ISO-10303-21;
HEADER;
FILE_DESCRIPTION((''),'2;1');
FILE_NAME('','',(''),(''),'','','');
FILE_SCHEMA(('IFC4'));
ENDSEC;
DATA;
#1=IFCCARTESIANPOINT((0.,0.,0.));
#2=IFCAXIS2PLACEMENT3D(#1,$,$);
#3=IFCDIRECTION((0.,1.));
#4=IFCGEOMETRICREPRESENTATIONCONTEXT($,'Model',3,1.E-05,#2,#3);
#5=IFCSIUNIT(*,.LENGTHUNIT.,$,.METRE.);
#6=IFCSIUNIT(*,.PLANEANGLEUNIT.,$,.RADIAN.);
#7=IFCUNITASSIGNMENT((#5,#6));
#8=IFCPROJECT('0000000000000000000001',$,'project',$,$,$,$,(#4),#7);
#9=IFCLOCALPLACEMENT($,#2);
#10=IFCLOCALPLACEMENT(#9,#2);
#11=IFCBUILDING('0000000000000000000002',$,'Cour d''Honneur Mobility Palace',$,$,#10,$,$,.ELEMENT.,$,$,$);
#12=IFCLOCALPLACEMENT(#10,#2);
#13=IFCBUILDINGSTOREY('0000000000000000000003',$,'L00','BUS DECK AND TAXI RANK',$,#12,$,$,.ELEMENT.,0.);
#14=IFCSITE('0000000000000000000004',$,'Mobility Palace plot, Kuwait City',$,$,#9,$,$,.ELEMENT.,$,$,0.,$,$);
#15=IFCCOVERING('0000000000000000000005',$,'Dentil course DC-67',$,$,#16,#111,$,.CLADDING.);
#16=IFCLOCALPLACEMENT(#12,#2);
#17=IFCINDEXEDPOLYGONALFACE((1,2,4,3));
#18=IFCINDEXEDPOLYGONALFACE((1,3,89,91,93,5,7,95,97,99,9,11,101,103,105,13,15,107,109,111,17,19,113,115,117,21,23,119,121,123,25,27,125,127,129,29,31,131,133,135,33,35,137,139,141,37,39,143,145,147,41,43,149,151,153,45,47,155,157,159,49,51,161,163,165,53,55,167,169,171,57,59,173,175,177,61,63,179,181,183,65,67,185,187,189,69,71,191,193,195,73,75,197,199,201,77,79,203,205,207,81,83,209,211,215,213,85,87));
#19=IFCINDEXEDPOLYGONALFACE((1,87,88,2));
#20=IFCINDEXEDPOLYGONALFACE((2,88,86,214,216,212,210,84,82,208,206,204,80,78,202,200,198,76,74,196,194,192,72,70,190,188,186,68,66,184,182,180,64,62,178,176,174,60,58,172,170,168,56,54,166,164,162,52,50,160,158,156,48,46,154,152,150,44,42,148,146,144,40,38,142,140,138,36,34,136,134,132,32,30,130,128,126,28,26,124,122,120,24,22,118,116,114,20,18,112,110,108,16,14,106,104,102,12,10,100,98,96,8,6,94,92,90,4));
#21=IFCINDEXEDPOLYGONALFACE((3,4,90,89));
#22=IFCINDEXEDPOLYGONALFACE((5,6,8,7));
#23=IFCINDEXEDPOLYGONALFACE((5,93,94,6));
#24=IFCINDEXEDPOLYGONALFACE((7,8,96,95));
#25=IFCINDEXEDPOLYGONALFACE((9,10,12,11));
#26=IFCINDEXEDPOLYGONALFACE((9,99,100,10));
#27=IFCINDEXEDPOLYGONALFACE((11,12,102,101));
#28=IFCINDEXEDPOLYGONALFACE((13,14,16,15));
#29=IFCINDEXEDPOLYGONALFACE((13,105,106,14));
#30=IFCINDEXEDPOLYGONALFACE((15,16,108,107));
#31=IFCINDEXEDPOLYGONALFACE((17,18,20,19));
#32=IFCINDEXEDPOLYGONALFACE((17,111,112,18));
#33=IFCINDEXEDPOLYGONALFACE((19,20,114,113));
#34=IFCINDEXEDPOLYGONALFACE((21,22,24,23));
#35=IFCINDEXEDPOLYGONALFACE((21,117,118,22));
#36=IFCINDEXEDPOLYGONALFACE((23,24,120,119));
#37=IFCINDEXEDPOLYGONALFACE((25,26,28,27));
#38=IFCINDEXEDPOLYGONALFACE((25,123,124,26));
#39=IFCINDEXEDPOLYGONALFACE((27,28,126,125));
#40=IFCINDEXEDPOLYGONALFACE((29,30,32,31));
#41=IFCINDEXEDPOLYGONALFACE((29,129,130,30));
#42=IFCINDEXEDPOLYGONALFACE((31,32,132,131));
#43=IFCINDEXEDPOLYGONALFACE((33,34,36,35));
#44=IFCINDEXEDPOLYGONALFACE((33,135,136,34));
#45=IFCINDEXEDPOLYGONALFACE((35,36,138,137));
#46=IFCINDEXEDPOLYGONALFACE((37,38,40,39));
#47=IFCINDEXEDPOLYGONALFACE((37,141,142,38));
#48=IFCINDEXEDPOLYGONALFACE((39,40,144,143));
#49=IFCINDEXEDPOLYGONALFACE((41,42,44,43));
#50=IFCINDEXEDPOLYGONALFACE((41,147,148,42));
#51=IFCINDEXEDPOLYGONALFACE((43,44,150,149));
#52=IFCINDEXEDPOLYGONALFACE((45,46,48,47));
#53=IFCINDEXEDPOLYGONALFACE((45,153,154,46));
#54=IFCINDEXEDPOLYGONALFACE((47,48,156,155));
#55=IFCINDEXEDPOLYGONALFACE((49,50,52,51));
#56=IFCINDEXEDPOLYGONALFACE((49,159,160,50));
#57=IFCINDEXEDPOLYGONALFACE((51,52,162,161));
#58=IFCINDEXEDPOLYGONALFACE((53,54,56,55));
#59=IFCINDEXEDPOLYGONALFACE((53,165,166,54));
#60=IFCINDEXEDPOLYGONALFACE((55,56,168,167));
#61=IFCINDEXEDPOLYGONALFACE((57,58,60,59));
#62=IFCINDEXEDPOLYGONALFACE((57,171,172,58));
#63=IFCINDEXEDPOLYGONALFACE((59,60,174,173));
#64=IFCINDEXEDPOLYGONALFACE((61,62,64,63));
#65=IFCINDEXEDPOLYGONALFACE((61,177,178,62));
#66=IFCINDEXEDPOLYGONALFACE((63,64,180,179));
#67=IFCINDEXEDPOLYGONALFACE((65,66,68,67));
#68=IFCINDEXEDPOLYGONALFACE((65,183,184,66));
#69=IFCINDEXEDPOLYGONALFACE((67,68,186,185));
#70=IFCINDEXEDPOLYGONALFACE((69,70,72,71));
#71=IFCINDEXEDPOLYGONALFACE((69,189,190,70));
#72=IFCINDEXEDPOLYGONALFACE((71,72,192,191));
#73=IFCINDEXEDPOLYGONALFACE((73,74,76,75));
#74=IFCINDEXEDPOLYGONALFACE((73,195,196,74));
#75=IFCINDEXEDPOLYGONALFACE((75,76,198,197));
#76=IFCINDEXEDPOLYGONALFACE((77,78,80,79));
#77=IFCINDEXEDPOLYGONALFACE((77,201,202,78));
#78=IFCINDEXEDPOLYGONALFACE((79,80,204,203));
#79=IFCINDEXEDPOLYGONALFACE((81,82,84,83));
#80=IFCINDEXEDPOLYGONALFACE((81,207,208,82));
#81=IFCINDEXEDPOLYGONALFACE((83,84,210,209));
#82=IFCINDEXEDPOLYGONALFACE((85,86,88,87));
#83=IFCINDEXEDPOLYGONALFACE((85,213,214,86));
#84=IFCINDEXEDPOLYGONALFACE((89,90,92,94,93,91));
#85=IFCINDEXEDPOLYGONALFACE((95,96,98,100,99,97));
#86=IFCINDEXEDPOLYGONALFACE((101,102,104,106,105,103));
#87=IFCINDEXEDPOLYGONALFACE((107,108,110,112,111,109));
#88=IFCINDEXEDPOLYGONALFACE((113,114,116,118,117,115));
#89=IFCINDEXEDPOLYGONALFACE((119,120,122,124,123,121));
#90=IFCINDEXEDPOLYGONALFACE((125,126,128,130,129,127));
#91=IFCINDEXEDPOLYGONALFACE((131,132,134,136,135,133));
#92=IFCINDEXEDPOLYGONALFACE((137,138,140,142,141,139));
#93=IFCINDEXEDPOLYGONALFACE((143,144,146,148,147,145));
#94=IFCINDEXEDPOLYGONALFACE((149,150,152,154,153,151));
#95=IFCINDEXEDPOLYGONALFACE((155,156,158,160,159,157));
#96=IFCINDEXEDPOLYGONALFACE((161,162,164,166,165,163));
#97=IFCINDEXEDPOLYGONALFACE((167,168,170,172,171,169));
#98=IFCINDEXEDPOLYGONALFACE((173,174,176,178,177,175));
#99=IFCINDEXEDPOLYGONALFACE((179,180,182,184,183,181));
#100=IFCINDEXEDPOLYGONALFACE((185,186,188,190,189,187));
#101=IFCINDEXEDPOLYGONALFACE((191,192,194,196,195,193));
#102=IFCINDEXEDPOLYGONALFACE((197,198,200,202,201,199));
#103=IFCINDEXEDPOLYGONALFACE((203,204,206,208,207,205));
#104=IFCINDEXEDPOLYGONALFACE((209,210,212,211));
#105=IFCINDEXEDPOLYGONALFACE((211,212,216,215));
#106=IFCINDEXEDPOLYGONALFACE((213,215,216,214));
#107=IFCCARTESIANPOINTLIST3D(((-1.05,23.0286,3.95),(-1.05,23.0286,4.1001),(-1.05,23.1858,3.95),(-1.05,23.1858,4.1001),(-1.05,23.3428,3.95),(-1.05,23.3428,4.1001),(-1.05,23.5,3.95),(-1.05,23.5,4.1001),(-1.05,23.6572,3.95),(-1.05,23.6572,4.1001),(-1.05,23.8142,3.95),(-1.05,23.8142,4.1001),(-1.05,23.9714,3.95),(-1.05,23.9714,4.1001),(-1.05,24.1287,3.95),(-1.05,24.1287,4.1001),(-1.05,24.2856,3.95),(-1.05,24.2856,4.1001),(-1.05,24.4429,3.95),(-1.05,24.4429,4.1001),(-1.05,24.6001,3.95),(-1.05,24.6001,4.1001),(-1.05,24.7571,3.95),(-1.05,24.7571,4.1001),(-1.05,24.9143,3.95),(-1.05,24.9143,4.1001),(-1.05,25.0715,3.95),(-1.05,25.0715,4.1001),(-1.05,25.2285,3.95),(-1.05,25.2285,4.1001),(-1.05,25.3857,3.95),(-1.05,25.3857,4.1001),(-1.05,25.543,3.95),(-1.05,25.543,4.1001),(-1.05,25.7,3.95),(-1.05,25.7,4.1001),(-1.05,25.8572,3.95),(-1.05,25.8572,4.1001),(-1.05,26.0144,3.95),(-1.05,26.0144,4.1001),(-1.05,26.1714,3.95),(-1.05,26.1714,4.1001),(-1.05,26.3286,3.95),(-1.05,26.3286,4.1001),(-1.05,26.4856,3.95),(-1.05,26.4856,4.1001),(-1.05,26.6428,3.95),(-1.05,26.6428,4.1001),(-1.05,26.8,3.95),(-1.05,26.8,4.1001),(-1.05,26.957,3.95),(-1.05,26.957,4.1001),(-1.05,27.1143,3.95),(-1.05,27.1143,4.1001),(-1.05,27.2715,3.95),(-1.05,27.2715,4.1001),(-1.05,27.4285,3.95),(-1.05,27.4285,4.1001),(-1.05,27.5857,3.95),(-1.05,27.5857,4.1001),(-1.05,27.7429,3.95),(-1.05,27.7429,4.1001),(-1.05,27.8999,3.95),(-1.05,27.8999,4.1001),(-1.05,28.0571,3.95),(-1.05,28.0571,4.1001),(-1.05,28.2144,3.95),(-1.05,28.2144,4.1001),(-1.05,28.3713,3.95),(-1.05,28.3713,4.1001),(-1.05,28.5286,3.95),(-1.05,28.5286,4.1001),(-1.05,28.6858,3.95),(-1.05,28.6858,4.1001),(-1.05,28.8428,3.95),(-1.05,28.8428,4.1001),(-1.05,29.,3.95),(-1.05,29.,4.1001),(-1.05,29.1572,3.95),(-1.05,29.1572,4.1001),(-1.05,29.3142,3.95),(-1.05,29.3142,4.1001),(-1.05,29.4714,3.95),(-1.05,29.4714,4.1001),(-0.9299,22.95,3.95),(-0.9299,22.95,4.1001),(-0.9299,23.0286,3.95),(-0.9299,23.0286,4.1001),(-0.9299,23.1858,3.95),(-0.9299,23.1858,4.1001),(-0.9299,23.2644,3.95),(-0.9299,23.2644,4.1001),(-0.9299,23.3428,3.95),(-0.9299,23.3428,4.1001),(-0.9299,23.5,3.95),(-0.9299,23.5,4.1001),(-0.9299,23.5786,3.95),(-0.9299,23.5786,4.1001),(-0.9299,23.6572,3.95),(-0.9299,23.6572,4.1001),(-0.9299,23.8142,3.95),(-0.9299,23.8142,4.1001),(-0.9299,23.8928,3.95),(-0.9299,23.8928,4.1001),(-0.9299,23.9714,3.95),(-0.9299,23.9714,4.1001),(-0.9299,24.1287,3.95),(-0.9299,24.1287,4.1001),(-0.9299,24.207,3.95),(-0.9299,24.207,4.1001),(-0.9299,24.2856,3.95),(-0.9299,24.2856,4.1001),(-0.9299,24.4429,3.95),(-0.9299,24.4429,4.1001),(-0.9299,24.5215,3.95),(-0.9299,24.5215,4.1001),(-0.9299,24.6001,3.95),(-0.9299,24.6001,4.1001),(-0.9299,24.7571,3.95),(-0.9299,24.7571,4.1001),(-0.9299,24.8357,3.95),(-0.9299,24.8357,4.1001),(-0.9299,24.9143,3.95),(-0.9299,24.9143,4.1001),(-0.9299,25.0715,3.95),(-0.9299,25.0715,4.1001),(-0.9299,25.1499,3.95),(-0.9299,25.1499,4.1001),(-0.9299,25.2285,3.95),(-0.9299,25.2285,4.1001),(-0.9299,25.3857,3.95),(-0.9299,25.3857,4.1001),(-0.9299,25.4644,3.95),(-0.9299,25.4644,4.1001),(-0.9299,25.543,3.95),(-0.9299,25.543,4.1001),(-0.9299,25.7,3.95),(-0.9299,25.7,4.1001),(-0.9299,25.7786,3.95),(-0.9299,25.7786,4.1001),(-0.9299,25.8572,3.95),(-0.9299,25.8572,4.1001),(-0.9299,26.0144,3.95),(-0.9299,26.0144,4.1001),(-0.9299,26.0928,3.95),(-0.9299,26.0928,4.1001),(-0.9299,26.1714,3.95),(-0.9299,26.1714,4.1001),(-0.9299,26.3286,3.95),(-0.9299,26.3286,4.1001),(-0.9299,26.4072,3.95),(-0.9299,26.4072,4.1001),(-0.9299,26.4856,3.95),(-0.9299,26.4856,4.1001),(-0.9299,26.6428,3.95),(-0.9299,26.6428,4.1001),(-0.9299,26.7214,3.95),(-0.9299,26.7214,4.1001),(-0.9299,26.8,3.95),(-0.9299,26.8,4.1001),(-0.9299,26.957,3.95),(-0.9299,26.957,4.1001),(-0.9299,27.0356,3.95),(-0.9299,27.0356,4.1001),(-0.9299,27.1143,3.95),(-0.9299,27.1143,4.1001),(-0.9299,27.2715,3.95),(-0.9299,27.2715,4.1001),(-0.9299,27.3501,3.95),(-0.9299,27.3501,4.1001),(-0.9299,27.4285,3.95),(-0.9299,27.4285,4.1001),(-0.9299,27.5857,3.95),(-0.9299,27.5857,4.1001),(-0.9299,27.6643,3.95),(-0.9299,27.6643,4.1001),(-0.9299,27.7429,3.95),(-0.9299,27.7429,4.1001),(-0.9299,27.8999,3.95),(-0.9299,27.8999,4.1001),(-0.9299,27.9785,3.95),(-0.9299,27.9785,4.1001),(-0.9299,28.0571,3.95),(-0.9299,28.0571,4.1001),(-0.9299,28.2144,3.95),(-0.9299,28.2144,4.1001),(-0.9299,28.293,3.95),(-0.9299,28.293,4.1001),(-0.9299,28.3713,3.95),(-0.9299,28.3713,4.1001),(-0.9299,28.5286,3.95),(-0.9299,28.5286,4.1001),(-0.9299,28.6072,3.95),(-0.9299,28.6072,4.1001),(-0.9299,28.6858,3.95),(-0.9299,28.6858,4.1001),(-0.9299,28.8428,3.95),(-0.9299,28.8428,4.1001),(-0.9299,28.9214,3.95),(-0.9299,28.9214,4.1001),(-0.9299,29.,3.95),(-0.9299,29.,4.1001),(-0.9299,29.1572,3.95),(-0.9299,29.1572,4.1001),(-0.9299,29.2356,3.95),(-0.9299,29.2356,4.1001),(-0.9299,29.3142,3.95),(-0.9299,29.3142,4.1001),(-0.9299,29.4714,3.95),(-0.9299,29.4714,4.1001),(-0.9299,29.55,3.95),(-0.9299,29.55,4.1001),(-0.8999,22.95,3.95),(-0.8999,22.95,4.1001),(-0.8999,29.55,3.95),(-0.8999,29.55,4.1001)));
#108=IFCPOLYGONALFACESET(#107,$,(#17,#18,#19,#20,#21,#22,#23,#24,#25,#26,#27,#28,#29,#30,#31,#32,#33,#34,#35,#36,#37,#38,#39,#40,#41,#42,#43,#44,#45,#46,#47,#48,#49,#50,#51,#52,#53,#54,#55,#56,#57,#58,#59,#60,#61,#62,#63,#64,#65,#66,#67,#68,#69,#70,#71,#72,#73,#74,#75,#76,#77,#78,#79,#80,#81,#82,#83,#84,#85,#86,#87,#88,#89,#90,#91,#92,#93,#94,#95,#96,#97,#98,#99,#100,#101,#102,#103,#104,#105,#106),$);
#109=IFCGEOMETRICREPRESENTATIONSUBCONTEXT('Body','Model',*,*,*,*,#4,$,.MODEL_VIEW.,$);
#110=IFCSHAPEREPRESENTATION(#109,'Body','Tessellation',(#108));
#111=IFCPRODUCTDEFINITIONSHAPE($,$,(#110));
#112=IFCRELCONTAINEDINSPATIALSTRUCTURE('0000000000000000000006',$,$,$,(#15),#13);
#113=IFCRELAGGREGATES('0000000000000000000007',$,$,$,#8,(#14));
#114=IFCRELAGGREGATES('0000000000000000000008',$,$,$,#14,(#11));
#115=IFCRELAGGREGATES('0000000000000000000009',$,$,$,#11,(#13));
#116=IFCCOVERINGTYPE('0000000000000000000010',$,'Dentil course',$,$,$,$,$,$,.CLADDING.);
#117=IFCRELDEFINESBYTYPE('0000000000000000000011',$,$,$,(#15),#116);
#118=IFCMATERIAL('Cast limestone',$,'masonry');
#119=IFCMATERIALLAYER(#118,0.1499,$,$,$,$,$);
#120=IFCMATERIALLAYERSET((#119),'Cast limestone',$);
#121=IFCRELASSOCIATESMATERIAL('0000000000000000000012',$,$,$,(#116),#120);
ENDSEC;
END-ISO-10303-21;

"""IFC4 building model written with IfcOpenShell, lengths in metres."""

from ifc_helpers import new_model, si_unit, direction, frame, origin, place, context, subcontext, project, spatial, polyline, outline, extrude, material, layer, layer_set, type_object, element, save


model = new_model("IFC4")

# Units and contexts
model_context = context("Model", 3, precision=1e-05, world=origin(), true_north=direction((0.0, 1.0)))
body_context = subcontext(model_context, "Body", "Model", "MODEL_VIEW")
ifc_project = project(units=[si_unit("LENGTHUNIT", "METRE"), si_unit("PLANEANGLEUNIT", "RADIAN")], contexts=[model_context])

# Site, building, storey
site_placement = place(None, origin())
site = spatial("IfcSite", under=ifc_project, at=site_placement, Name="Mobility Palace plot, Kuwait City", CompositionType="ELEMENT", RefElevation=0.0)
building_placement = place(site_placement, origin())
building = spatial("IfcBuilding", under=site, at=building_placement, Name="Cour d'Honneur Mobility Palace", CompositionType="ELEMENT")
storey_placement = place(building_placement, origin())
storey = spatial("IfcBuildingStorey", under=building, at=storey_placement, Name="L00", Description="BUS DECK AND TAXI RANK", CompositionType="ELEMENT", Elevation=0.0)

# Covering
ifc_material = material(Name="Cast limestone", Category="masonry")
ifc_layer = layer(ifc_material, 0.1499)
ifc_layer_set = layer_set([ifc_layer], Name="Cast limestone")
covering_type = type_object("IfcCoveringType", Name="Dentil course", PredefinedType="CLADDING", material=ifc_layer_set)
covering_1_placement = place(storey_placement, frame((0.0, 0.0, 3.95)))
element("IfcCovering", 1, at=covering_1_placement, inside=storey, type_object=covering_type, Name="Dentil course DC-67", PredefinedType="CLADDING", context=body_context, shape_type="SweptSolid", body=[
    extrude(outline(polyline([(-0.8999, 29.55), (-0.8999, 22.95), (-0.9299, 22.95), (-0.9299, 22.95), (-0.9299, 23.0286), (-1.05, 23.0286), (-1.05, 23.1858), (-0.9299, 23.1858), (-0.9299, 23.2644), (-0.9299, 23.2644), (-0.9299, 23.3428), (-1.05, 23.3428), (-1.05, 23.5), (-0.9299, 23.5), (-0.9299, 23.5786), (-0.9299, 23.5786), (-0.9299, 23.6572), (-1.05, 23.6572), (-1.05, 23.8142), (-0.9299, 23.8142), (-0.9299, 23.8928), (-0.9299, 23.8928), (-0.9299, 23.9714), (-1.05, 23.9714), (-1.05, 24.1287), (-0.9299, 24.1287), (-0.9299, 24.207), (-0.9299, 24.207), (-0.9299, 24.2856), (-1.05, 24.2856), (-1.05, 24.4429), (-0.9299, 24.4429), (-0.9299, 24.5215), (-0.9299, 24.5215), (-0.9299, 24.6001), (-1.05, 24.6001), (-1.05, 24.7571), (-0.9299, 24.7571), (-0.9299, 24.8357), (-0.9299, 24.8357), (-0.9299, 24.9143), (-1.05, 24.9143), (-1.05, 25.0715), (-0.9299, 25.0715), (-0.9299, 25.1499), (-0.9299, 25.1499), (-0.9299, 25.2285), (-1.05, 25.2285), (-1.05, 25.3857), (-0.9299, 25.3857), (-0.9299, 25.4644), (-0.9299, 25.4644), (-0.9299, 25.543), (-1.05, 25.543), (-1.05, 25.7), (-0.9299, 25.7), (-0.9299, 25.7786), (-0.9299, 25.7786), (-0.9299, 25.8572), (-1.05, 25.8572), (-1.05, 26.0144), (-0.9299, 26.0144), (-0.9299, 26.0928), (-0.9299, 26.0928), (-0.9299, 26.1714), (-1.05, 26.1714), (-1.05, 26.3286), (-0.9299, 26.3286), (-0.9299, 26.4072), (-0.9299, 26.4072), (-0.9299, 26.4856), (-1.05, 26.4856), (-1.05, 26.6428), (-0.9299, 26.6428), (-0.9299, 26.7214), (-0.9299, 26.7214), (-0.9299, 26.8), (-1.05, 26.8), (-1.05, 26.957), (-0.9299, 26.957), (-0.9299, 27.0356), (-0.9299, 27.0356), (-0.9299, 27.1143), (-1.05, 27.1143), (-1.05, 27.2715), (-0.9299, 27.2715), (-0.9299, 27.3501), (-0.9299, 27.3501), (-0.9299, 27.4285), (-1.05, 27.4285), (-1.05, 27.5857), (-0.9299, 27.5857), (-0.9299, 27.6643), (-0.9299, 27.6643), (-0.9299, 27.7429), (-1.05, 27.7429), (-1.05, 27.8999), (-0.9299, 27.8999), (-0.9299, 27.9785), (-0.9299, 27.9785), (-0.9299, 28.0571), (-1.05, 28.0571), (-1.05, 28.2144), (-0.9299, 28.2144), (-0.9299, 28.293), (-0.9299, 28.293), (-0.9299, 28.3713), (-1.05, 28.3713), (-1.05, 28.5286), (-0.9299, 28.5286), (-0.9299, 28.6072), (-0.9299, 28.6072), (-0.9299, 28.6858), (-1.05, 28.6858), (-1.05, 28.8428), (-0.9299, 28.8428), (-0.9299, 28.9214), (-0.9299, 28.9214), (-0.9299, 29.0), (-1.05, 29.0), (-1.05, 29.1572), (-0.9299, 29.1572), (-0.9299, 29.2356), (-0.9299, 29.2356), (-0.9299, 29.3142), (-1.05, 29.3142), (-1.05, 29.4714), (-0.9299, 29.4714), (-0.9299, 29.55), (-0.8999, 29.55)])), origin(), (0.0, 0.0, 1.0), 0.1501),
])

save(model, "model.ifc")
